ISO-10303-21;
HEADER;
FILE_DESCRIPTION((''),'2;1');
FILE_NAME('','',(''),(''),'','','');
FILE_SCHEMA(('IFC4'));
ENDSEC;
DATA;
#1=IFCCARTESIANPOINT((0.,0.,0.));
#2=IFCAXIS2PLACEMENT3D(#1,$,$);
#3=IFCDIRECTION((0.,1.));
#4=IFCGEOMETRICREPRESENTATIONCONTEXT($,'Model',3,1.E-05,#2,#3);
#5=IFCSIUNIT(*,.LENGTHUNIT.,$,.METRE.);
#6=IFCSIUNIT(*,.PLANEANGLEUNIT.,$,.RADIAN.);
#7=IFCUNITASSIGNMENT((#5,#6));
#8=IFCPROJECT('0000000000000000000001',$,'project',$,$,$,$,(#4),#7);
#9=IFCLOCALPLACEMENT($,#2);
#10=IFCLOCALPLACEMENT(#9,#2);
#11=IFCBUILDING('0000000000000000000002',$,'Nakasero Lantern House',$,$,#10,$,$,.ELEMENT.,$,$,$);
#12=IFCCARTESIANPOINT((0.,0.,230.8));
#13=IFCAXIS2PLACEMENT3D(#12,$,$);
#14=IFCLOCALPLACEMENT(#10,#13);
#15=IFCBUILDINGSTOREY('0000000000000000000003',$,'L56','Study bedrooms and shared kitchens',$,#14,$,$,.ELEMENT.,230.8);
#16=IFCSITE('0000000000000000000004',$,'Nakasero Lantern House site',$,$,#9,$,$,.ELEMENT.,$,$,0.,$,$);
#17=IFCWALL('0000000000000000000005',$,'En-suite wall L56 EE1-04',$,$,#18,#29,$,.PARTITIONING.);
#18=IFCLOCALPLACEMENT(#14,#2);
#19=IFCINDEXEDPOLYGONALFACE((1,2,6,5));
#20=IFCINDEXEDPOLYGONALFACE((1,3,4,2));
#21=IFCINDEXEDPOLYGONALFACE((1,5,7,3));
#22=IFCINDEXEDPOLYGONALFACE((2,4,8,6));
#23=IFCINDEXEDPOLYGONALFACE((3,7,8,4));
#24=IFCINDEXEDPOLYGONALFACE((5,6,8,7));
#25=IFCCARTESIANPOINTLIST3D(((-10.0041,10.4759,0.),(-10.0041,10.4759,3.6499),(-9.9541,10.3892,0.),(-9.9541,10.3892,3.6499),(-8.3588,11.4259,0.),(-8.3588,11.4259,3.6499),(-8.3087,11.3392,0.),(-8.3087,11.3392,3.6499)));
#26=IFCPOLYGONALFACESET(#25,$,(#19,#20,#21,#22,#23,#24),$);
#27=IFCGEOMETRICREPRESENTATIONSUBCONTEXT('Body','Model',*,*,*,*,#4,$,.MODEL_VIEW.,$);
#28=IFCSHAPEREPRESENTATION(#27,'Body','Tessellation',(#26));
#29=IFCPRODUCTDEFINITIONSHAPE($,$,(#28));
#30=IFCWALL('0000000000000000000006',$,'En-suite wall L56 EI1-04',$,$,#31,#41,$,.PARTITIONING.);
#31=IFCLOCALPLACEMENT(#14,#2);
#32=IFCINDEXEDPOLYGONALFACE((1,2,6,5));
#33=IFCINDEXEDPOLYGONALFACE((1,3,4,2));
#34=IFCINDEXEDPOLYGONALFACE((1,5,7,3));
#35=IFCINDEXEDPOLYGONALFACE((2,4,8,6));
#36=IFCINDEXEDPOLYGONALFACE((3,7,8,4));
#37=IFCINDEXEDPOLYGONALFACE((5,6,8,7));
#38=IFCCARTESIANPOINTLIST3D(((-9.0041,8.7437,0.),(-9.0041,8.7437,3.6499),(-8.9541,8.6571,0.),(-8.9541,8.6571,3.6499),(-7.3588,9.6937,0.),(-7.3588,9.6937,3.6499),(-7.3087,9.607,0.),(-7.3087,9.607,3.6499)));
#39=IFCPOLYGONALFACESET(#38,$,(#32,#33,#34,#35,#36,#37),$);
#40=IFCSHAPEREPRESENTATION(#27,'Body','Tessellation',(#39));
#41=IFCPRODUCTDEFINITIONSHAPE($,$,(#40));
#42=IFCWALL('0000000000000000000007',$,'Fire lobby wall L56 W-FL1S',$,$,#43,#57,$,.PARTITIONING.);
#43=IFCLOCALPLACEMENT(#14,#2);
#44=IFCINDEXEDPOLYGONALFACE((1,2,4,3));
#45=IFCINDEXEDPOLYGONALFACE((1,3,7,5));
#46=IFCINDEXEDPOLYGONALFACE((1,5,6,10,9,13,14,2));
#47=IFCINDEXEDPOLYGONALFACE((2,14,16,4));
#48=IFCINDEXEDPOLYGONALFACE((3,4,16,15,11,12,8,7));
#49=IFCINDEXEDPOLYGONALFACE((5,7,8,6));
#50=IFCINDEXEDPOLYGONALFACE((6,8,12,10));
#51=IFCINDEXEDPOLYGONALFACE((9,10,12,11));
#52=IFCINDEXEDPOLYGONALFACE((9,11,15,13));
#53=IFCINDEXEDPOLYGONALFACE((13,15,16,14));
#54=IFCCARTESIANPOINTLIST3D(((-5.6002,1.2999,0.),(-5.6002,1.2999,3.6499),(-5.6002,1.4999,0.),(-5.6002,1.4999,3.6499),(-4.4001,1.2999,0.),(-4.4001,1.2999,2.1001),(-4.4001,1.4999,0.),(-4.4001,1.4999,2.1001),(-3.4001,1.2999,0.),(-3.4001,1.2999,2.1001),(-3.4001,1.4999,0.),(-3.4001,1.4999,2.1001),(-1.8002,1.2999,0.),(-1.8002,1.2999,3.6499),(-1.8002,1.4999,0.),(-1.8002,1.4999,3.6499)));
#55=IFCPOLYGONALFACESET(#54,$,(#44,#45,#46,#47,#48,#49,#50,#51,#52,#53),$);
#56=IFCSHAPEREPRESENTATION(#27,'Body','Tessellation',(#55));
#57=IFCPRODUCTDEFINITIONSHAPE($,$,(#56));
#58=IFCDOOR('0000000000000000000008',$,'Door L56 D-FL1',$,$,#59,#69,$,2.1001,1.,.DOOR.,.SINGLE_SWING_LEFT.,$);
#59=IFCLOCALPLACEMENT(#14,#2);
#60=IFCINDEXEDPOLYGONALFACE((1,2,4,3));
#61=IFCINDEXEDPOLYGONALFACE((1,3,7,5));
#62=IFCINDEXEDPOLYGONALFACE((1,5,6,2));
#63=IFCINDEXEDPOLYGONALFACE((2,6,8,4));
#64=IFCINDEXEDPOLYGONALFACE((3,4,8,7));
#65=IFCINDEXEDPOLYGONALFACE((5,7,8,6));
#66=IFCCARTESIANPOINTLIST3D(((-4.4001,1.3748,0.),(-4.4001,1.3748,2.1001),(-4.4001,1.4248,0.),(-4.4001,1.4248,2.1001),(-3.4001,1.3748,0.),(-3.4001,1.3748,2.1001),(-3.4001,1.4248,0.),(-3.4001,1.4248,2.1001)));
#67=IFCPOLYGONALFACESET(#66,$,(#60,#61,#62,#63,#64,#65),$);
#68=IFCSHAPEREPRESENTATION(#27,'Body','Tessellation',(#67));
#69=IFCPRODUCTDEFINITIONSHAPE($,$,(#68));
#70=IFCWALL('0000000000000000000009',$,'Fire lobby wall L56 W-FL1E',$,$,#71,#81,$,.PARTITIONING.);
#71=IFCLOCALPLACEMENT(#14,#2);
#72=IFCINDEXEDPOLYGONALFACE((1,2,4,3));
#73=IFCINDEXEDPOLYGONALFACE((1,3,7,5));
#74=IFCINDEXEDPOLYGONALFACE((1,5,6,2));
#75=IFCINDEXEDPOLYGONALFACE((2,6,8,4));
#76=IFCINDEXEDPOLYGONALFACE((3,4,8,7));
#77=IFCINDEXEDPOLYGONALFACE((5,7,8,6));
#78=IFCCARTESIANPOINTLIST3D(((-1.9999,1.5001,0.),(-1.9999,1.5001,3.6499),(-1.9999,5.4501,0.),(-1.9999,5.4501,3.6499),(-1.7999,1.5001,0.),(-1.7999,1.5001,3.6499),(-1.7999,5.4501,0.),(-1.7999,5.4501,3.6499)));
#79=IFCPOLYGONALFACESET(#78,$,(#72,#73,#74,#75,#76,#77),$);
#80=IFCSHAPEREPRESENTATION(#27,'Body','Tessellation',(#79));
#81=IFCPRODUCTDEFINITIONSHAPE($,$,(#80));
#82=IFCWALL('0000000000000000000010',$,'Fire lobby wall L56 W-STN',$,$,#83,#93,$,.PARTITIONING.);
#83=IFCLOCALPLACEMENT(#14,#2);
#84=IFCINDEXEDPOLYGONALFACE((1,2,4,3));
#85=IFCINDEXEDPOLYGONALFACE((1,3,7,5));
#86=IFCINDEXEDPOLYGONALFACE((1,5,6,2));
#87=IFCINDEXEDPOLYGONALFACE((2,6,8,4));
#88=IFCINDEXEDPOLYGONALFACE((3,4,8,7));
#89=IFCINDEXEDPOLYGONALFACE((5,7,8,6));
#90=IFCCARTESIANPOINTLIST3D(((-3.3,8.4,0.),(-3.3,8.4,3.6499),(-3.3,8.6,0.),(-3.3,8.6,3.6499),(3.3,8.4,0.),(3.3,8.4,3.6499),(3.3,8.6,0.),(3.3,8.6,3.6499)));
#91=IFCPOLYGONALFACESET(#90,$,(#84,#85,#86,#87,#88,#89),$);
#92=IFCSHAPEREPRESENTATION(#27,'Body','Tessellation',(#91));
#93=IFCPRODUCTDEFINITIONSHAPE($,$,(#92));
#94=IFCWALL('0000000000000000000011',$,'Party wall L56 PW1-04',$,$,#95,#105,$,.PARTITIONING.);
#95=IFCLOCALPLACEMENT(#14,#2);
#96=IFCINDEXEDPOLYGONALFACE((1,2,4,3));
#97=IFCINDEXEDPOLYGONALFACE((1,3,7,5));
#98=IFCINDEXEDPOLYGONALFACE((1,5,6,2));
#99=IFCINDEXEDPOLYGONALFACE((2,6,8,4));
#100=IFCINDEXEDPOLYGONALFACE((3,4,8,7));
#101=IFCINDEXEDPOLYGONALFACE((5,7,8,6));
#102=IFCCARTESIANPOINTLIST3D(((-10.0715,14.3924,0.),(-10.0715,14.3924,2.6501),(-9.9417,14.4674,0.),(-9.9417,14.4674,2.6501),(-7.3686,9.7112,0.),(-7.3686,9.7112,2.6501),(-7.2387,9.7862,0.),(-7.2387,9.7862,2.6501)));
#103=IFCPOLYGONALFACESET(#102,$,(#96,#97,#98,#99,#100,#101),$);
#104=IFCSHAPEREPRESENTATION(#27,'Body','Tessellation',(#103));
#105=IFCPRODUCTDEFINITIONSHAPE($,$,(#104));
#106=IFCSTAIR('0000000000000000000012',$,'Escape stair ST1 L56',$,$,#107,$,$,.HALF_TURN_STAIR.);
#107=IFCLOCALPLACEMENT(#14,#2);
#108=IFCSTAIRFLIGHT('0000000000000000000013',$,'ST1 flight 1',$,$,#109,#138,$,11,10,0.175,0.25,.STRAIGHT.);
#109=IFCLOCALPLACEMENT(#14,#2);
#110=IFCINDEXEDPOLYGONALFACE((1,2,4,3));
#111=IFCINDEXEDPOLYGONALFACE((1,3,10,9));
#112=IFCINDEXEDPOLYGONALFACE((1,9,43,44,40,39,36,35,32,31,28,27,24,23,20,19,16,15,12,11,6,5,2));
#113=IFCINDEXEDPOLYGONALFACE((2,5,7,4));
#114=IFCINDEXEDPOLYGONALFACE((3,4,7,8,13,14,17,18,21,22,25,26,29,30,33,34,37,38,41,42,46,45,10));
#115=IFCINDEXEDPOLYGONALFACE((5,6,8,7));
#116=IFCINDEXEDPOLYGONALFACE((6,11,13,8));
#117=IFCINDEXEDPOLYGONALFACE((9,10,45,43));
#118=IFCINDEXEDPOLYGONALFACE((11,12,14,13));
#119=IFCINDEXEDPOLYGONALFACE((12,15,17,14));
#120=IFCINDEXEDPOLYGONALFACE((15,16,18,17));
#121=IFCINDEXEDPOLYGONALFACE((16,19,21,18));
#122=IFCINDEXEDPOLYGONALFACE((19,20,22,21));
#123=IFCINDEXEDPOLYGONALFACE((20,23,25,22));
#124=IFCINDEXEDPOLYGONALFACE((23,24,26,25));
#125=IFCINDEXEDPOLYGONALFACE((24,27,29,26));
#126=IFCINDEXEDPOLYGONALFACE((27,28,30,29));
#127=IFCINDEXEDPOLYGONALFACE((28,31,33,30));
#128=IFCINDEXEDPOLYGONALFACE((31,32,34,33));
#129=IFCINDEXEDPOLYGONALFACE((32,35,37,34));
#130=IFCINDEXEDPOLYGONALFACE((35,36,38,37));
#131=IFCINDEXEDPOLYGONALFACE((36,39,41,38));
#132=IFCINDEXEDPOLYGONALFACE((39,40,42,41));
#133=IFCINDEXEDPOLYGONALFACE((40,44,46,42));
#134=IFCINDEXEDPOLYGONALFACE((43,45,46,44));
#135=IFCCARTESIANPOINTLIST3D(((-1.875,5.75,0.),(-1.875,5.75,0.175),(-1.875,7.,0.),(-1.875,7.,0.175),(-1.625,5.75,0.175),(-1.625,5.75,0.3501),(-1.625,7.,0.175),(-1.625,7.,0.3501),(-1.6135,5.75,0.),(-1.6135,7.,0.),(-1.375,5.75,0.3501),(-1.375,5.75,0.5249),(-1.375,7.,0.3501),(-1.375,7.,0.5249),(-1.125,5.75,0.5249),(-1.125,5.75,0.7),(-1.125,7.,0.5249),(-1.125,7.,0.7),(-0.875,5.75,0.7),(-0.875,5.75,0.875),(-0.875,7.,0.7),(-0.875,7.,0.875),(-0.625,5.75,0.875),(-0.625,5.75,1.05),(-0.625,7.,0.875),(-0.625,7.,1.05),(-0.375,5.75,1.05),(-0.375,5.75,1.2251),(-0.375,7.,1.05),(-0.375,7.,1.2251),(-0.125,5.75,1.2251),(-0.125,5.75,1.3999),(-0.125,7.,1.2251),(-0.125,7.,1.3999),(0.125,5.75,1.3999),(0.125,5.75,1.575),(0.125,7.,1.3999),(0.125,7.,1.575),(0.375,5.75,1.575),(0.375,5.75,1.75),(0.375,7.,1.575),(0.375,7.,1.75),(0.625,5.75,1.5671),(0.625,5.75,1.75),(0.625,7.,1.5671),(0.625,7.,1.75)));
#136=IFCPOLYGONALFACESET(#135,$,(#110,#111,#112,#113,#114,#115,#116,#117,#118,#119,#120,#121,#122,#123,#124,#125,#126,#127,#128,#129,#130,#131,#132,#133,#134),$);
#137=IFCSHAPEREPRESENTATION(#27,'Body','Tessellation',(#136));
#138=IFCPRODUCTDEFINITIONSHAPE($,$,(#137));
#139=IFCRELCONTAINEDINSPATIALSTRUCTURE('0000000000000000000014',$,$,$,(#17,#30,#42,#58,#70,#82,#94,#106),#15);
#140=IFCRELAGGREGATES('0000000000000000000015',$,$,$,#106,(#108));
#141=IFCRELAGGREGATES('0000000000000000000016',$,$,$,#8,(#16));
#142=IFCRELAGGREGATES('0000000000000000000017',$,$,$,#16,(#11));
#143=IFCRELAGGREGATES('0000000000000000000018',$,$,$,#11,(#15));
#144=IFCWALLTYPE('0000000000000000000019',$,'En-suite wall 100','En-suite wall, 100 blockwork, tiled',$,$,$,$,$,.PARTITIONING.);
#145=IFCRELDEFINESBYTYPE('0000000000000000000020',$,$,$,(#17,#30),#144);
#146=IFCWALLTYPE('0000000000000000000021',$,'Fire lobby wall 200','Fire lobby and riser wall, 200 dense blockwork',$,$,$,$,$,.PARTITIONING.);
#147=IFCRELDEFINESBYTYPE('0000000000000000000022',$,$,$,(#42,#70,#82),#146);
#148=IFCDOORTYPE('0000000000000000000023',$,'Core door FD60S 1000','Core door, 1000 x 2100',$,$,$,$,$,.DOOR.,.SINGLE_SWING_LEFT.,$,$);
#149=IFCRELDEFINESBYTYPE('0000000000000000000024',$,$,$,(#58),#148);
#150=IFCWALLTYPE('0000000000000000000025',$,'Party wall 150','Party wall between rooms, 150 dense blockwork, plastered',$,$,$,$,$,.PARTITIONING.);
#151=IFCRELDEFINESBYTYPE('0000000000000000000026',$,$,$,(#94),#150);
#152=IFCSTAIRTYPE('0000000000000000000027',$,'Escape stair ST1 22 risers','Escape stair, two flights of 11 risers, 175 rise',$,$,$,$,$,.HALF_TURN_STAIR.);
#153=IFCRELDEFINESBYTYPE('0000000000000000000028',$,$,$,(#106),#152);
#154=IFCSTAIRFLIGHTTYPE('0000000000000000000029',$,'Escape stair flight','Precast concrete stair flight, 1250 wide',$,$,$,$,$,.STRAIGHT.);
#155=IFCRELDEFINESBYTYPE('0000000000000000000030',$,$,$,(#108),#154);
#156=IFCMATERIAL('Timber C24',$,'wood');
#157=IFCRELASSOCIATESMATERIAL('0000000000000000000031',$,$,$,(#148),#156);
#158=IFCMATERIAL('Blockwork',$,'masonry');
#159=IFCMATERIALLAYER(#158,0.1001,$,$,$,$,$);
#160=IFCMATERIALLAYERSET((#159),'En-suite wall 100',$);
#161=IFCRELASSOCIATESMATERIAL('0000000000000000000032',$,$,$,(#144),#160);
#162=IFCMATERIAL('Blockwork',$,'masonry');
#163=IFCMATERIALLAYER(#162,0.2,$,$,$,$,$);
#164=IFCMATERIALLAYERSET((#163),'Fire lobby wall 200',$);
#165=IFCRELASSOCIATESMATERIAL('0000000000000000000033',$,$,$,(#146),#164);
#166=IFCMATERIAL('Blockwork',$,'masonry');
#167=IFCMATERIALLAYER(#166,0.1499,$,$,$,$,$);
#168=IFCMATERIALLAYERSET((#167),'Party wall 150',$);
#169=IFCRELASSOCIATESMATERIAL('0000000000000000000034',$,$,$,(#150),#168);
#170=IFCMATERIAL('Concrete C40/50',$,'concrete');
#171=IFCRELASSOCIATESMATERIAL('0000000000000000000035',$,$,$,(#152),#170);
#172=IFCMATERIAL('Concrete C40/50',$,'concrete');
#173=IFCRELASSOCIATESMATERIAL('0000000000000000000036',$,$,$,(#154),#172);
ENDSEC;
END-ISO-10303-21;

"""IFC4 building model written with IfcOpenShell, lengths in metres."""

from ifc_helpers import new_model, si_unit, direction, frame, frame_2d, origin, place, context, subcontext, project, spatial, polyline, rectangle, outline, extrude, material, layer, layer_set, type_object, element, fill, aggregate, save


model = new_model("IFC4")

# Units and contexts
model_context = context("Model", 3, precision=1e-05, world=origin(), true_north=direction((0.0, 1.0)))
body_context = subcontext(model_context, "Body", "Model", "MODEL_VIEW")
ifc_project = project(units=[si_unit("LENGTHUNIT", "METRE"), si_unit("PLANEANGLEUNIT", "RADIAN")], contexts=[model_context])

# Site, building, storey
site_placement = place(None, origin())
site = spatial("IfcSite", under=ifc_project, at=site_placement, Name="Nakasero Lantern House site", CompositionType="ELEMENT", RefElevation=0.0)
building_placement = place(site_placement, origin())
building = spatial("IfcBuilding", under=site, at=building_placement, Name="Nakasero Lantern House", CompositionType="ELEMENT")
storey_placement = place(building_placement, frame((0.0, 0.0, 230.8)))
storey = spatial("IfcBuildingStorey", under=building, at=storey_placement, Name="L56", Description="Study bedrooms and shared kitchens", CompositionType="ELEMENT", Elevation=230.8)

# Shared definitions
ifc_material_1 = material(Name="Timber C24", Category="wood")
door_type_1 = type_object("IfcDoorType", Name="Core door FD60S 1000", Description="Core door, 1000 x 2100", OperationType="SINGLE_SWING_LEFT", PredefinedType="DOOR", material=ifc_material_1)

# Shared definitions
ifc_material_2 = material(Name="Blockwork", Category="masonry")
ifc_layer_1 = layer(ifc_material_2, 0.1001)
ifc_layer_set_1 = layer_set([ifc_layer_1], Name="En-suite wall 100")
wall_type_1 = type_object("IfcWallType", Name="En-suite wall 100", Description="En-suite wall, 100 blockwork, tiled", PredefinedType="PARTITIONING", material=ifc_layer_set_1)

# Walls
for number, where, z_axis, x_axis, name in (
    (1, (-8.3337, 11.3826, 0.0), (0.0, 0.0, 1.0), (-0.866012, -0.500023, 0.0), "En-suite wall L56 EE1-04"),
    (2, (-7.3337, 9.6504, 0.0), (0.0, 0.0, 1.0), (-0.866012, -0.500023, 0.0), "En-suite wall L56 EI1-04"),
):
    element("IfcWall", number, at=place(storey_placement, frame(where, z_axis=z_axis, x_axis=x_axis)), inside=storey, type_object=wall_type_1, Name=name, PredefinedType="PARTITIONING", context=body_context, shape_type="SweptSolid", body=[
        extrude(rectangle(XDim=1.8999, YDim=0.1001, at=frame_2d((0.95, 0.0))), origin(), (0.0, 0.0, 1.0), 3.6499),
    ])

# Wall, opening, door
ifc_material_3 = material(Name="Blockwork", Category="masonry")
ifc_layer_2 = layer(ifc_material_3, 0.2)
ifc_layer_set_2 = layer_set([ifc_layer_2], Name="Fire lobby wall 200")
wall_type_2 = type_object("IfcWallType", Name="Fire lobby wall 200", Description="Fire lobby and riser wall, 200 dense blockwork", PredefinedType="PARTITIONING", material=ifc_layer_set_2)
wall_1_placement = place(storey_placement, frame((-5.6001, 1.3999, 0.0), z_axis=(0.0, 0.0, 1.0), x_axis=(1.0, 0.0, 0.0)))
wall_1 = element("IfcWall", 3, at=wall_1_placement, inside=storey, type_object=wall_type_2, Name="Fire lobby wall L56 W-FL1S", PredefinedType="PARTITIONING", context=body_context, shape_type="SweptSolid", body=[
    extrude(rectangle(XDim=3.8, YDim=0.2, at=frame_2d((1.8999, 0.0))), origin(), (0.0, 0.0, 1.0), 3.6499),
])
opening_1_placement = place(wall_1_placement, frame((1.2, 0.0, 0.0)))
opening_1 = element("IfcOpeningElement", 4, at=opening_1_placement, cuts=wall_1, PredefinedType="OPENING", context=body_context, shape_type="SweptSolid", body=[
    extrude(rectangle(XDim=1.0, YDim=2.1001, at=frame_2d((0.5, 1.05))), frame((0.0, 0.1199, 0.0), z_axis=(0.0, -1.0, 0.0), x_axis=(1.0, 0.0, 0.0)), (0.0, 0.0, 1.0), 0.24),
])
door_1_placement = place(opening_1_placement, origin())
door_1 = element("IfcDoor", 5, at=door_1_placement, inside=storey, type_object=door_type_1, Name="Door L56 D-FL1", OperationType="SINGLE_SWING_LEFT", OverallHeight=2.1001, OverallWidth=1.0, PredefinedType="DOOR", context=body_context, shape_type="SweptSolid", body=[
    extrude(rectangle(XDim=1.0, YDim=2.1001, at=frame_2d((0.5, 1.05))), frame((0.0, 0.0249, 0.0), z_axis=(0.0, -1.0, 0.0), x_axis=(1.0, 0.0, 0.0)), (0.0, 0.0, 1.0), 0.05),
])
fill(opening_1, door_1)

# Walls
wall_2_placement = place(storey_placement, frame((-1.8999, 1.5, 0.0), z_axis=(0.0, 0.0, 1.0), x_axis=(0.0, 1.0, 0.0)))
element("IfcWall", 6, at=wall_2_placement, inside=storey, type_object=wall_type_2, Name="Fire lobby wall L56 W-FL1E", PredefinedType="PARTITIONING", context=body_context, shape_type="SweptSolid", body=[
    extrude(rectangle(XDim=3.95, YDim=0.2, at=frame_2d((1.9751, 0.0))), origin(), (0.0, 0.0, 1.0), 3.6499),
])
wall_3_placement = place(storey_placement, frame((-3.3, 8.5, 0.0), z_axis=(0.0, 0.0, 1.0), x_axis=(1.0, 0.0, 0.0)))
element("IfcWall", 7, at=wall_3_placement, inside=storey, type_object=wall_type_2, Name="Fire lobby wall L56 W-STN", PredefinedType="PARTITIONING", context=body_context, shape_type="SweptSolid", body=[
    extrude(rectangle(XDim=6.6001, YDim=0.2, at=frame_2d((3.3, 0.0))), origin(), (0.0, 0.0, 1.0), 3.6499),
])
ifc_material_4 = material(Name="Blockwork", Category="masonry")
ifc_layer_3 = layer(ifc_material_4, 0.1499)
ifc_layer_set_3 = layer_set([ifc_layer_3], Name="Party wall 150")
wall_type_3 = type_object("IfcWallType", Name="Party wall 150", Description="Party wall between rooms, 150 dense blockwork, plastered", PredefinedType="PARTITIONING", material=ifc_layer_set_3)
wall_4_placement = place(storey_placement, frame((-7.3037, 9.7488, 0.0), z_axis=(0.0, 0.0, 1.0), x_axis=(-0.50003, 0.866008, 0.0)))
element("IfcWall", 8, at=wall_4_placement, inside=storey, type_object=wall_type_3, Name="Party wall L56 PW1-04", PredefinedType="PARTITIONING", context=body_context, shape_type="SweptSolid", body=[
    extrude(rectangle(XDim=5.4055, YDim=0.1499, at=frame_2d((2.7026, 0.0))), origin(), (0.0, 0.0, 1.0), 2.6501),
])

# Stair, stair flight
ifc_material_5 = material(Name="Concrete C40/50", Category="concrete")
stair_type = type_object("IfcStairType", Name="Escape stair ST1 22 risers", Description="Escape stair, two flights of 11 risers, 175 rise", PredefinedType="HALF_TURN_STAIR", material=ifc_material_5)
stair_placement = place(storey_placement, origin())
stair = element("IfcStair", 9, at=stair_placement, inside=storey, type_object=stair_type, Name="Escape stair ST1 L56", PredefinedType="HALF_TURN_STAIR")
ifc_material_6 = material(Name="Concrete C40/50", Category="concrete")
stair_flight_type = type_object("IfcStairFlightType", Name="Escape stair flight", Description="Precast concrete stair flight, 1250 wide", PredefinedType="STRAIGHT", material=ifc_material_6)
stair_flight_placement = place(storey_placement, frame((-1.875, 6.375, 0.0), z_axis=(0.0, 0.0, 1.0), x_axis=(1.0, 0.0, 0.0)))
stair_flight = element("IfcStairFlight", 10, at=stair_flight_placement, type_object=stair_flight_type, Name="ST1 flight 1", NumberOfRisers=11, NumberOfTreads=10, PredefinedType="STRAIGHT", RiserHeight=0.175, TreadLength=0.25, context=body_context, shape_type="SweptSolid", body=[
    extrude(outline(polyline([(0.0, 0.0), (0.0, 0.175), (0.25, 0.175), (0.25, 0.3501), (0.5, 0.3501), (0.5, 0.5249), (0.75, 0.5249), (0.75, 0.7), (1.0, 0.7), (1.0, 0.875), (1.25, 0.875), (1.25, 1.05), (1.5, 1.05), (1.5, 1.2251), (1.75, 1.2251), (1.75, 1.3999), (2.0, 1.3999), (2.0, 1.575), (2.25, 1.575), (2.25, 1.75), (2.5, 1.75), (2.5, 1.925), (2.5, 1.5671), (0.2615, 0.0), (0.0, 0.0)])), frame((0.0, 0.625, 0.0), z_axis=(0.0, -1.0, 0.0), x_axis=(1.0, 0.0, 0.0)), (0.0, 0.0, 1.0), 1.25),
])
aggregate(stair, [stair_flight])

save(model, "model.ifc")
